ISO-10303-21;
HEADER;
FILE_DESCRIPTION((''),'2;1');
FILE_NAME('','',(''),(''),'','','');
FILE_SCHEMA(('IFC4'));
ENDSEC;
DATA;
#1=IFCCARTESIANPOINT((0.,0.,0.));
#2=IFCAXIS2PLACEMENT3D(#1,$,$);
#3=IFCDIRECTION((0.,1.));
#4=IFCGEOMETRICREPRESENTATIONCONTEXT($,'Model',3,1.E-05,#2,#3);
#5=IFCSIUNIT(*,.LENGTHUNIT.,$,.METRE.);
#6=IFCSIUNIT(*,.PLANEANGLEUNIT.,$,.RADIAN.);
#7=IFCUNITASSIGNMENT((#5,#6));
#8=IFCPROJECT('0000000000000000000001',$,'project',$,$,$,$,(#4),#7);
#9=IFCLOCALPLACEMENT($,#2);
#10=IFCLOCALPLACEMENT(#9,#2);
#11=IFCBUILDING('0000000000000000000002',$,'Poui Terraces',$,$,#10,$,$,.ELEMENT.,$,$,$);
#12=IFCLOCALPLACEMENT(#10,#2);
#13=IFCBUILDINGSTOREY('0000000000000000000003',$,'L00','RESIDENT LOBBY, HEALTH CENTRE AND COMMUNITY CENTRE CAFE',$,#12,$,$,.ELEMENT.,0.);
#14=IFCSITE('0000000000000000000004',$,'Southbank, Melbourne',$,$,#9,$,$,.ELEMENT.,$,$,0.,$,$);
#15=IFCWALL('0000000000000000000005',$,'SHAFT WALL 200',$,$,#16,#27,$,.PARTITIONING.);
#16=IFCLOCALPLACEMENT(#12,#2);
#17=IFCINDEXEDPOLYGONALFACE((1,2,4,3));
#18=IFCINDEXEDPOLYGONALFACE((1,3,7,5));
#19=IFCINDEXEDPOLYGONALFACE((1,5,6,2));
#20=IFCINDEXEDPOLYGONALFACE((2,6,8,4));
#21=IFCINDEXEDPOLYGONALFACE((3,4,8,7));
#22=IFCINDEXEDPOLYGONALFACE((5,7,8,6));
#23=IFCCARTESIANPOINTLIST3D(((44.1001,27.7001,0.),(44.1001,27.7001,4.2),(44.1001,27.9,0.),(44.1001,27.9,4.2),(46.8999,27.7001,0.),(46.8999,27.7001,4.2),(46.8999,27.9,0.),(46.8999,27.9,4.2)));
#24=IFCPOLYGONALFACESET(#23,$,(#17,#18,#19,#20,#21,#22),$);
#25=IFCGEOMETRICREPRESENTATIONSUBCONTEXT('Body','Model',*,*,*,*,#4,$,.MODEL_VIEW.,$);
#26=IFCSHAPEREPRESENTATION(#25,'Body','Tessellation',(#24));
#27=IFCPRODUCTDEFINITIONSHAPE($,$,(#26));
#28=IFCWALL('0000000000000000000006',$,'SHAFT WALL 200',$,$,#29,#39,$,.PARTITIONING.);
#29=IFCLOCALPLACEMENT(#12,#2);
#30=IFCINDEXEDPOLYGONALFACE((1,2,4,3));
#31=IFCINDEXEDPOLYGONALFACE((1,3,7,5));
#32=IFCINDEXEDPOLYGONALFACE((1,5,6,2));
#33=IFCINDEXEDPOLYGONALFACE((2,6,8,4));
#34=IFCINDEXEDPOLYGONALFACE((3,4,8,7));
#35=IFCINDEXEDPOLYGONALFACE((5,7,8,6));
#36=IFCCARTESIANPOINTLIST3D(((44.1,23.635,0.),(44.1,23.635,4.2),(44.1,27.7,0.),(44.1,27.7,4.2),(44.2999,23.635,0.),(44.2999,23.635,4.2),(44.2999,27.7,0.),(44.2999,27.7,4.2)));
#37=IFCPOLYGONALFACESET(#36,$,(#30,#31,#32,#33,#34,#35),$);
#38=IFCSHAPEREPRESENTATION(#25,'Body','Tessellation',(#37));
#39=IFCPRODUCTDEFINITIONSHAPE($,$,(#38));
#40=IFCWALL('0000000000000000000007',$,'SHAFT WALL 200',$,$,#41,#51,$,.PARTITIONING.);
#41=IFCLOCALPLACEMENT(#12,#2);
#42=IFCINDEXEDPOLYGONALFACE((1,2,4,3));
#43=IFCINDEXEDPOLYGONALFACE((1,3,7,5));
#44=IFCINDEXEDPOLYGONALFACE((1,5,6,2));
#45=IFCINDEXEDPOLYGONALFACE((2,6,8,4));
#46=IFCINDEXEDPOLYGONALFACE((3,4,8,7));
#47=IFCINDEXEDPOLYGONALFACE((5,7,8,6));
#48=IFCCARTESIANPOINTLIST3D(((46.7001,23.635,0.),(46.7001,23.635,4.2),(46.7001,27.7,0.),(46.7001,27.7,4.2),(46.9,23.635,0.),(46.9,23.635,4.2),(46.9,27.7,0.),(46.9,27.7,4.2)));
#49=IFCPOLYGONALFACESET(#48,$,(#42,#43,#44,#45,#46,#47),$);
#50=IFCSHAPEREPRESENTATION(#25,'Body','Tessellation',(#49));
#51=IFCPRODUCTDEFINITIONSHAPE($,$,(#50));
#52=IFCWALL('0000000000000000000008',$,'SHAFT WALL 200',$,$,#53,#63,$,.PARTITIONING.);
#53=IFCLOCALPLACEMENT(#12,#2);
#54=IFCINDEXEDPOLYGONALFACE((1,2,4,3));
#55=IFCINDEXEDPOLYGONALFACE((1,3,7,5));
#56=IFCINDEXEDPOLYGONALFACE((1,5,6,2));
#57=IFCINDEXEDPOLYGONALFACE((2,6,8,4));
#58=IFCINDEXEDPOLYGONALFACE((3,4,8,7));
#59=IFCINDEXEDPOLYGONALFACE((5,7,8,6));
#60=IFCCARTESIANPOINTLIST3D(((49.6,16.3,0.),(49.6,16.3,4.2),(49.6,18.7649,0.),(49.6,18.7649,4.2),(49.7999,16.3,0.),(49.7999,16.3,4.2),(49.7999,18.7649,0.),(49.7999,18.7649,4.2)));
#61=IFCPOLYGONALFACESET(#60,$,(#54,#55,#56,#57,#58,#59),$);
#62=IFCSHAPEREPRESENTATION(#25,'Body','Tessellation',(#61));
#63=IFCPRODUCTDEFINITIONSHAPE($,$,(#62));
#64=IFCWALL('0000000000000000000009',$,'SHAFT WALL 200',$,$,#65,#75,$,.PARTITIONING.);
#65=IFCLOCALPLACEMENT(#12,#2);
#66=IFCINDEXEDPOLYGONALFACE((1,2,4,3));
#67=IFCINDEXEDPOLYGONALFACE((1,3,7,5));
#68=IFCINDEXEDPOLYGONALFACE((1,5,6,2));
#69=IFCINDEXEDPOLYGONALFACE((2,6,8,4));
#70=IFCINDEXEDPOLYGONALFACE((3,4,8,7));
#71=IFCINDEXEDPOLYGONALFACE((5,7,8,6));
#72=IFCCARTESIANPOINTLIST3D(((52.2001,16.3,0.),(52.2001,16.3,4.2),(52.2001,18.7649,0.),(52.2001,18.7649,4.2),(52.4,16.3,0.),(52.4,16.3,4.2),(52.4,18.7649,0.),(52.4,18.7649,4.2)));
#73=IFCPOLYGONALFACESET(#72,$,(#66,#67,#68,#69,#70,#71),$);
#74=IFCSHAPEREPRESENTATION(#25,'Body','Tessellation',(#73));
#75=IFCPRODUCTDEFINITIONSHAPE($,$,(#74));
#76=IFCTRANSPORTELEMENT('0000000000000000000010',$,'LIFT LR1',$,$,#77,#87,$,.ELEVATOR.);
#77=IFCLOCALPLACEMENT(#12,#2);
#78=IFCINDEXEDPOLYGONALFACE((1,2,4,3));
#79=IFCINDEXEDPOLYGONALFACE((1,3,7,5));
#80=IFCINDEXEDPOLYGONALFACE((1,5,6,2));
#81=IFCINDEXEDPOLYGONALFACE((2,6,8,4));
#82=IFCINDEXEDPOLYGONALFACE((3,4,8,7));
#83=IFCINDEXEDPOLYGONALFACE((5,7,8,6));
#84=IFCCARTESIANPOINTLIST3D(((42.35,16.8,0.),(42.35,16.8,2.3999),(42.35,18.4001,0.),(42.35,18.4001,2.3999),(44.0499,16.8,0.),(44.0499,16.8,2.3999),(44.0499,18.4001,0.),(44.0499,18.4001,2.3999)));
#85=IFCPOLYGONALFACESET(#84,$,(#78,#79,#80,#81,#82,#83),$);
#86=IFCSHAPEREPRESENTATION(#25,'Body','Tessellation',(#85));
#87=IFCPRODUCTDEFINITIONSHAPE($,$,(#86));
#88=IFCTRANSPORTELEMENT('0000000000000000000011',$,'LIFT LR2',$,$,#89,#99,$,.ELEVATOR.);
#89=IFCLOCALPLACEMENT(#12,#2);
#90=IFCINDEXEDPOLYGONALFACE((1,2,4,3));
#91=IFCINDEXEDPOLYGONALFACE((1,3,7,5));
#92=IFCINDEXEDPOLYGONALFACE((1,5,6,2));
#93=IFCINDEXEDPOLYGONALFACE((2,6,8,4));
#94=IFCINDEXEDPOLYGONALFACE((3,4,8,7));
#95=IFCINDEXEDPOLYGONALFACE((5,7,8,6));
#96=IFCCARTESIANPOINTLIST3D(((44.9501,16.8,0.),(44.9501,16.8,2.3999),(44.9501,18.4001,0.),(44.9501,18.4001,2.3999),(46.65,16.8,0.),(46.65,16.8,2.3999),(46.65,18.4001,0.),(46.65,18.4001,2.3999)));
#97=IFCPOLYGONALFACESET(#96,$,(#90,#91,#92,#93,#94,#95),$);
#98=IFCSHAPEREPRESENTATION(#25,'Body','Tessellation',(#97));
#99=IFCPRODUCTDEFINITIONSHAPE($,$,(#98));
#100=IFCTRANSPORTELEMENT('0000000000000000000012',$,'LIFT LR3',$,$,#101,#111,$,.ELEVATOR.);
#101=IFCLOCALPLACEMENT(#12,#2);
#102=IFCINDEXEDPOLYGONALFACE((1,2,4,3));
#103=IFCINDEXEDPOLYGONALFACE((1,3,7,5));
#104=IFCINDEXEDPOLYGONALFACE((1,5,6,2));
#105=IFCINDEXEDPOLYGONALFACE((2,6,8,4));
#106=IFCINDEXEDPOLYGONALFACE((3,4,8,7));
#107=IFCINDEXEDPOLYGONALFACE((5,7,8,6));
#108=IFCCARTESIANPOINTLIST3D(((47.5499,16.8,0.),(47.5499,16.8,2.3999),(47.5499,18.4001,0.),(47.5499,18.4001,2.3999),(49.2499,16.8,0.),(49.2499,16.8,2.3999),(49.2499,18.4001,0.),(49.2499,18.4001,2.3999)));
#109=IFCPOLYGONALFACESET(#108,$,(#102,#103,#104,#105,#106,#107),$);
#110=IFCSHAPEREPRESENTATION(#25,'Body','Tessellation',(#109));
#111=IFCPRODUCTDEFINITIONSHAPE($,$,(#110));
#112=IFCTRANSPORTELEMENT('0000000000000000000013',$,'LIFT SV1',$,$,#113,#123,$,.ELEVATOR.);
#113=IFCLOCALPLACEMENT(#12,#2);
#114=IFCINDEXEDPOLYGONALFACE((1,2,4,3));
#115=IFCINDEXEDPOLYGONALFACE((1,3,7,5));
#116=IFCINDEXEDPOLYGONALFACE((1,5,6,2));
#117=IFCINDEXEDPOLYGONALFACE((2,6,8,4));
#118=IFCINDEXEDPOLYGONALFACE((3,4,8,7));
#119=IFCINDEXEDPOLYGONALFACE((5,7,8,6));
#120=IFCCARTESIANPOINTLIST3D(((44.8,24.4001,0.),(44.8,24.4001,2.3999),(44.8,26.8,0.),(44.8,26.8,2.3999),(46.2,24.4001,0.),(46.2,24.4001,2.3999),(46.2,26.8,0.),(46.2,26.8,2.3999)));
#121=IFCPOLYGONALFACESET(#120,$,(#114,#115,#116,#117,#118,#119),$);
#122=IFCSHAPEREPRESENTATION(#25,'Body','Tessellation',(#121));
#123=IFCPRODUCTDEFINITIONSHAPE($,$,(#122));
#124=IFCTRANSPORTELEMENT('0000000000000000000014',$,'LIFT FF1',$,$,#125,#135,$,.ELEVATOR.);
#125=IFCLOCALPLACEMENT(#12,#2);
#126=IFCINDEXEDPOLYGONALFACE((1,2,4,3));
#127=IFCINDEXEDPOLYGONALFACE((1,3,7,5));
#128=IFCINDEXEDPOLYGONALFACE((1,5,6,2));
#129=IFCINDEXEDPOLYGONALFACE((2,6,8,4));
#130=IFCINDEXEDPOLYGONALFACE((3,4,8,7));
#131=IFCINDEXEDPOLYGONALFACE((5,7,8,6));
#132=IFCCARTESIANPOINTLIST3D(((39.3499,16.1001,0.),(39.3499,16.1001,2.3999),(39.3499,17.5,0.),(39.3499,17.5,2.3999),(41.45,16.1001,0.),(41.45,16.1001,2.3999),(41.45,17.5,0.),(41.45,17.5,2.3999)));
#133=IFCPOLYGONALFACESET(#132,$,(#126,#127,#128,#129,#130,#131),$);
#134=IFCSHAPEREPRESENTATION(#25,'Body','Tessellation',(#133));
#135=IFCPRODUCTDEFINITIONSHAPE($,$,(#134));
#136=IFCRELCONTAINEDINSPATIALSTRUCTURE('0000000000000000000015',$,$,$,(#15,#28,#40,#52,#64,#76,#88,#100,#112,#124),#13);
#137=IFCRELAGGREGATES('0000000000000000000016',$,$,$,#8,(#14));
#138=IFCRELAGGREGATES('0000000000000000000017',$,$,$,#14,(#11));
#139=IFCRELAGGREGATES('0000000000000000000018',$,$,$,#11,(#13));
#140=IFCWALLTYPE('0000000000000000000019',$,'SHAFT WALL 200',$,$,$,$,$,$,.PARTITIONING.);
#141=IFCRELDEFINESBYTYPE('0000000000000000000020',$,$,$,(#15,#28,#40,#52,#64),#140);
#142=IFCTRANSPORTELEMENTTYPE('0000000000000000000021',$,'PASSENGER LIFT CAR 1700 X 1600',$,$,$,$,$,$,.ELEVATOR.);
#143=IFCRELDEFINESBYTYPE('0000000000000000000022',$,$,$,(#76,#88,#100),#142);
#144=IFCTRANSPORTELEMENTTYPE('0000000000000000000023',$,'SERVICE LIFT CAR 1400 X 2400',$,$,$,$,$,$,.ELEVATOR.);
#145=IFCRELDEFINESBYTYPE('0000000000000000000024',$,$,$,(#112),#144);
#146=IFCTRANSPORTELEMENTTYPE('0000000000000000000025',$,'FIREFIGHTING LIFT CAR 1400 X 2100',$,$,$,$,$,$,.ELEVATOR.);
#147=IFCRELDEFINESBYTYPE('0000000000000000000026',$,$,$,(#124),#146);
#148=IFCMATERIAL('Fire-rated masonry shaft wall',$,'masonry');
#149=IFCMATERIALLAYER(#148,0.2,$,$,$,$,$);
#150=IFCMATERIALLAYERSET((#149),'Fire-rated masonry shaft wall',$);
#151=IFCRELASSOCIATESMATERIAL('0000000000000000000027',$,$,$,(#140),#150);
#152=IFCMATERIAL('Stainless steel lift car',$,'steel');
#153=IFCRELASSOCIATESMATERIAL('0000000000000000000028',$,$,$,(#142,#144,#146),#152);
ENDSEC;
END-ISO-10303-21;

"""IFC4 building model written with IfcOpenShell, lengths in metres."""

from ifc_helpers import new_model, si_unit, direction, frame, frame_2d, origin, origin_2d, place, context, subcontext, project, spatial, rectangle, extrude, source, transform, mapped, material, layer, layer_set, type_object, element, save


model = new_model("IFC4")

# Units and contexts
model_context = context("Model", 3, precision=1e-05, world=origin(), true_north=direction((0.0, 1.0)))
body_context = subcontext(model_context, "Body", "Model", "MODEL_VIEW")
ifc_project = project(units=[si_unit("LENGTHUNIT", "METRE"), si_unit("PLANEANGLEUNIT", "RADIAN")], contexts=[model_context])

# Site, building, storey
site_placement = place(None, origin())
site = spatial("IfcSite", under=ifc_project, at=site_placement, Name="Southbank, Melbourne", CompositionType="ELEMENT", RefElevation=0.0)
building_placement = place(site_placement, origin())
building = spatial("IfcBuilding", under=site, at=building_placement, Name="Poui Terraces", CompositionType="ELEMENT")
storey_placement = place(building_placement, origin())
storey = spatial("IfcBuildingStorey", under=building, at=storey_placement, Name="L00", Description="RESIDENT LOBBY, HEALTH CENTRE AND COMMUNITY CENTRE CAFE", CompositionType="ELEMENT", Elevation=0.0)

# Walls
ifc_material_1 = material(Name="Fire-rated masonry shaft wall", Category="masonry")
ifc_layer_1 = layer(ifc_material_1, 0.2)
ifc_layer_set_1 = layer_set([ifc_layer_1], Name="Fire-rated masonry shaft wall")
wall_type_1 = type_object("IfcWallType", Name="SHAFT WALL 200", PredefinedType="PARTITIONING", material=ifc_layer_set_1)
wall_1_placement = place(storey_placement, frame((44.1001, 27.8, 0.0), z_axis=(0.0, 0.0, 1.0), x_axis=(1.0, 0.0, 0.0)))
element("IfcWall", 1, at=wall_1_placement, inside=storey, type_object=wall_type_1, Name="SHAFT WALL 200", PredefinedType="PARTITIONING", context=body_context, shape_type="SweptSolid", body=[
    extrude(rectangle(XDim=2.7998, YDim=0.2, at=frame_2d((1.3999, 0.0))), origin(), (0.0, 0.0, 1.0), 4.2),
])
for number, where, z_axis, x_axis, name in (
    (2, (44.2, 23.635, 0.0), (0.0, 0.0, 1.0), (0.0, 1.0, 0.0), "SHAFT WALL 200"),
    (3, (46.8, 23.635, 0.0), (0.0, 0.0, 1.0), (0.0, 1.0, 0.0), "SHAFT WALL 200"),
):
    element("IfcWall", number, at=place(storey_placement, frame(where, z_axis=z_axis, x_axis=x_axis)), inside=storey, type_object=wall_type_1, Name=name, PredefinedType="PARTITIONING", context=body_context, shape_type="SweptSolid", body=[
        extrude(rectangle(XDim=4.0649, YDim=0.2, at=frame_2d((2.0325, 0.0))), origin(), (0.0, 0.0, 1.0), 4.2),
    ])
for number, where, z_axis, x_axis, name in (
    (4, (49.7, 16.3, 0.0), (0.0, 0.0, 1.0), (0.0, 1.0, 0.0), "SHAFT WALL 200"),
    (5, (52.3, 16.3, 0.0), (0.0, 0.0, 1.0), (0.0, 1.0, 0.0), "SHAFT WALL 200"),
):
    element("IfcWall", number, at=place(storey_placement, frame(where, z_axis=z_axis, x_axis=x_axis)), inside=storey, type_object=wall_type_1, Name=name, PredefinedType="PARTITIONING", context=body_context, shape_type="SweptSolid", body=[
        extrude(rectangle(XDim=2.4648, YDim=0.2, at=frame_2d((1.2324, 0.0))), origin(), (0.0, 0.0, 1.0), 4.2),
    ])

# Transport elements
ifc_material_2 = material(Name="Stainless steel lift car", Category="steel")
transport_element_type_1 = type_object("IfcTransportElementType", Name="PASSENGER LIFT CAR 1700 X 1600", PredefinedType="ELEVATOR", material=ifc_material_2)
shared_shape_1 = source(origin(), body_context, "Body", "SweptSolid", [
    extrude(rectangle(XDim=1.7, YDim=1.6001, at=origin_2d()), origin(), (0.0, 0.0, 1.0), 2.3999),
])
for number, where, z_axis, x_axis, name in (
    (6, (43.2, 17.6001, 0.0), (0.0, 0.0, 1.0), (1.0, 0.0, 0.0), "LIFT LR1"),
    (7, (45.8, 17.6001, 0.0), (0.0, 0.0, 1.0), (1.0, 0.0, 0.0), "LIFT LR2"),
    (8, (48.3999, 17.6001, 0.0), (0.0, 0.0, 1.0), (1.0, 0.0, 0.0), "LIFT LR3"),
):
    element("IfcTransportElement", number, at=place(storey_placement, frame(where, z_axis=z_axis, x_axis=x_axis)), inside=storey, type_object=transport_element_type_1, Name=name, PredefinedType="ELEVATOR", context=body_context, shape_type="MappedRepresentation", body=[
        mapped(shared_shape_1, transform((0.0, 0.0, 0.0))),
    ])
transport_element_type_2 = type_object("IfcTransportElementType", Name="SERVICE LIFT CAR 1400 X 2400", PredefinedType="ELEVATOR", material=ifc_material_2)
shared_shape_2 = source(origin(), body_context, "Body", "SweptSolid", [
    extrude(rectangle(XDim=1.3999, YDim=2.3999, at=origin_2d()), origin(), (0.0, 0.0, 1.0), 2.3999),
])
transport_element_1_placement = place(storey_placement, frame((45.5, 25.6001, 0.0), z_axis=(0.0, 0.0, 1.0), x_axis=(1.0, 0.0, 0.0)))
element("IfcTransportElement", 9, at=transport_element_1_placement, inside=storey, type_object=transport_element_type_2, Name="LIFT SV1", PredefinedType="ELEVATOR", context=body_context, shape_type="MappedRepresentation", body=[
    mapped(shared_shape_2, transform((0.0, 0.0, 0.0))),
])
transport_element_type_3 = type_object("IfcTransportElementType", Name="FIREFIGHTING LIFT CAR 1400 X 2100", PredefinedType="ELEVATOR", material=ifc_material_2)
shared_shape_3 = source(origin(), body_context, "Body", "SweptSolid", [
    extrude(rectangle(XDim=2.1001, YDim=1.3999, at=origin_2d()), origin(), (0.0, 0.0, 1.0), 2.3999),
])
transport_element_2_placement = place(storey_placement, frame((40.3999, 16.8, 0.0), z_axis=(0.0, 0.0, 1.0), x_axis=(1.0, 0.0, 0.0)))
element("IfcTransportElement", 10, at=transport_element_2_placement, inside=storey, type_object=transport_element_type_3, Name="LIFT FF1", PredefinedType="ELEVATOR", context=body_context, shape_type="MappedRepresentation", body=[
    mapped(shared_shape_3, transform((0.0, 0.0, 0.0))),
])

save(model, "model.ifc")
